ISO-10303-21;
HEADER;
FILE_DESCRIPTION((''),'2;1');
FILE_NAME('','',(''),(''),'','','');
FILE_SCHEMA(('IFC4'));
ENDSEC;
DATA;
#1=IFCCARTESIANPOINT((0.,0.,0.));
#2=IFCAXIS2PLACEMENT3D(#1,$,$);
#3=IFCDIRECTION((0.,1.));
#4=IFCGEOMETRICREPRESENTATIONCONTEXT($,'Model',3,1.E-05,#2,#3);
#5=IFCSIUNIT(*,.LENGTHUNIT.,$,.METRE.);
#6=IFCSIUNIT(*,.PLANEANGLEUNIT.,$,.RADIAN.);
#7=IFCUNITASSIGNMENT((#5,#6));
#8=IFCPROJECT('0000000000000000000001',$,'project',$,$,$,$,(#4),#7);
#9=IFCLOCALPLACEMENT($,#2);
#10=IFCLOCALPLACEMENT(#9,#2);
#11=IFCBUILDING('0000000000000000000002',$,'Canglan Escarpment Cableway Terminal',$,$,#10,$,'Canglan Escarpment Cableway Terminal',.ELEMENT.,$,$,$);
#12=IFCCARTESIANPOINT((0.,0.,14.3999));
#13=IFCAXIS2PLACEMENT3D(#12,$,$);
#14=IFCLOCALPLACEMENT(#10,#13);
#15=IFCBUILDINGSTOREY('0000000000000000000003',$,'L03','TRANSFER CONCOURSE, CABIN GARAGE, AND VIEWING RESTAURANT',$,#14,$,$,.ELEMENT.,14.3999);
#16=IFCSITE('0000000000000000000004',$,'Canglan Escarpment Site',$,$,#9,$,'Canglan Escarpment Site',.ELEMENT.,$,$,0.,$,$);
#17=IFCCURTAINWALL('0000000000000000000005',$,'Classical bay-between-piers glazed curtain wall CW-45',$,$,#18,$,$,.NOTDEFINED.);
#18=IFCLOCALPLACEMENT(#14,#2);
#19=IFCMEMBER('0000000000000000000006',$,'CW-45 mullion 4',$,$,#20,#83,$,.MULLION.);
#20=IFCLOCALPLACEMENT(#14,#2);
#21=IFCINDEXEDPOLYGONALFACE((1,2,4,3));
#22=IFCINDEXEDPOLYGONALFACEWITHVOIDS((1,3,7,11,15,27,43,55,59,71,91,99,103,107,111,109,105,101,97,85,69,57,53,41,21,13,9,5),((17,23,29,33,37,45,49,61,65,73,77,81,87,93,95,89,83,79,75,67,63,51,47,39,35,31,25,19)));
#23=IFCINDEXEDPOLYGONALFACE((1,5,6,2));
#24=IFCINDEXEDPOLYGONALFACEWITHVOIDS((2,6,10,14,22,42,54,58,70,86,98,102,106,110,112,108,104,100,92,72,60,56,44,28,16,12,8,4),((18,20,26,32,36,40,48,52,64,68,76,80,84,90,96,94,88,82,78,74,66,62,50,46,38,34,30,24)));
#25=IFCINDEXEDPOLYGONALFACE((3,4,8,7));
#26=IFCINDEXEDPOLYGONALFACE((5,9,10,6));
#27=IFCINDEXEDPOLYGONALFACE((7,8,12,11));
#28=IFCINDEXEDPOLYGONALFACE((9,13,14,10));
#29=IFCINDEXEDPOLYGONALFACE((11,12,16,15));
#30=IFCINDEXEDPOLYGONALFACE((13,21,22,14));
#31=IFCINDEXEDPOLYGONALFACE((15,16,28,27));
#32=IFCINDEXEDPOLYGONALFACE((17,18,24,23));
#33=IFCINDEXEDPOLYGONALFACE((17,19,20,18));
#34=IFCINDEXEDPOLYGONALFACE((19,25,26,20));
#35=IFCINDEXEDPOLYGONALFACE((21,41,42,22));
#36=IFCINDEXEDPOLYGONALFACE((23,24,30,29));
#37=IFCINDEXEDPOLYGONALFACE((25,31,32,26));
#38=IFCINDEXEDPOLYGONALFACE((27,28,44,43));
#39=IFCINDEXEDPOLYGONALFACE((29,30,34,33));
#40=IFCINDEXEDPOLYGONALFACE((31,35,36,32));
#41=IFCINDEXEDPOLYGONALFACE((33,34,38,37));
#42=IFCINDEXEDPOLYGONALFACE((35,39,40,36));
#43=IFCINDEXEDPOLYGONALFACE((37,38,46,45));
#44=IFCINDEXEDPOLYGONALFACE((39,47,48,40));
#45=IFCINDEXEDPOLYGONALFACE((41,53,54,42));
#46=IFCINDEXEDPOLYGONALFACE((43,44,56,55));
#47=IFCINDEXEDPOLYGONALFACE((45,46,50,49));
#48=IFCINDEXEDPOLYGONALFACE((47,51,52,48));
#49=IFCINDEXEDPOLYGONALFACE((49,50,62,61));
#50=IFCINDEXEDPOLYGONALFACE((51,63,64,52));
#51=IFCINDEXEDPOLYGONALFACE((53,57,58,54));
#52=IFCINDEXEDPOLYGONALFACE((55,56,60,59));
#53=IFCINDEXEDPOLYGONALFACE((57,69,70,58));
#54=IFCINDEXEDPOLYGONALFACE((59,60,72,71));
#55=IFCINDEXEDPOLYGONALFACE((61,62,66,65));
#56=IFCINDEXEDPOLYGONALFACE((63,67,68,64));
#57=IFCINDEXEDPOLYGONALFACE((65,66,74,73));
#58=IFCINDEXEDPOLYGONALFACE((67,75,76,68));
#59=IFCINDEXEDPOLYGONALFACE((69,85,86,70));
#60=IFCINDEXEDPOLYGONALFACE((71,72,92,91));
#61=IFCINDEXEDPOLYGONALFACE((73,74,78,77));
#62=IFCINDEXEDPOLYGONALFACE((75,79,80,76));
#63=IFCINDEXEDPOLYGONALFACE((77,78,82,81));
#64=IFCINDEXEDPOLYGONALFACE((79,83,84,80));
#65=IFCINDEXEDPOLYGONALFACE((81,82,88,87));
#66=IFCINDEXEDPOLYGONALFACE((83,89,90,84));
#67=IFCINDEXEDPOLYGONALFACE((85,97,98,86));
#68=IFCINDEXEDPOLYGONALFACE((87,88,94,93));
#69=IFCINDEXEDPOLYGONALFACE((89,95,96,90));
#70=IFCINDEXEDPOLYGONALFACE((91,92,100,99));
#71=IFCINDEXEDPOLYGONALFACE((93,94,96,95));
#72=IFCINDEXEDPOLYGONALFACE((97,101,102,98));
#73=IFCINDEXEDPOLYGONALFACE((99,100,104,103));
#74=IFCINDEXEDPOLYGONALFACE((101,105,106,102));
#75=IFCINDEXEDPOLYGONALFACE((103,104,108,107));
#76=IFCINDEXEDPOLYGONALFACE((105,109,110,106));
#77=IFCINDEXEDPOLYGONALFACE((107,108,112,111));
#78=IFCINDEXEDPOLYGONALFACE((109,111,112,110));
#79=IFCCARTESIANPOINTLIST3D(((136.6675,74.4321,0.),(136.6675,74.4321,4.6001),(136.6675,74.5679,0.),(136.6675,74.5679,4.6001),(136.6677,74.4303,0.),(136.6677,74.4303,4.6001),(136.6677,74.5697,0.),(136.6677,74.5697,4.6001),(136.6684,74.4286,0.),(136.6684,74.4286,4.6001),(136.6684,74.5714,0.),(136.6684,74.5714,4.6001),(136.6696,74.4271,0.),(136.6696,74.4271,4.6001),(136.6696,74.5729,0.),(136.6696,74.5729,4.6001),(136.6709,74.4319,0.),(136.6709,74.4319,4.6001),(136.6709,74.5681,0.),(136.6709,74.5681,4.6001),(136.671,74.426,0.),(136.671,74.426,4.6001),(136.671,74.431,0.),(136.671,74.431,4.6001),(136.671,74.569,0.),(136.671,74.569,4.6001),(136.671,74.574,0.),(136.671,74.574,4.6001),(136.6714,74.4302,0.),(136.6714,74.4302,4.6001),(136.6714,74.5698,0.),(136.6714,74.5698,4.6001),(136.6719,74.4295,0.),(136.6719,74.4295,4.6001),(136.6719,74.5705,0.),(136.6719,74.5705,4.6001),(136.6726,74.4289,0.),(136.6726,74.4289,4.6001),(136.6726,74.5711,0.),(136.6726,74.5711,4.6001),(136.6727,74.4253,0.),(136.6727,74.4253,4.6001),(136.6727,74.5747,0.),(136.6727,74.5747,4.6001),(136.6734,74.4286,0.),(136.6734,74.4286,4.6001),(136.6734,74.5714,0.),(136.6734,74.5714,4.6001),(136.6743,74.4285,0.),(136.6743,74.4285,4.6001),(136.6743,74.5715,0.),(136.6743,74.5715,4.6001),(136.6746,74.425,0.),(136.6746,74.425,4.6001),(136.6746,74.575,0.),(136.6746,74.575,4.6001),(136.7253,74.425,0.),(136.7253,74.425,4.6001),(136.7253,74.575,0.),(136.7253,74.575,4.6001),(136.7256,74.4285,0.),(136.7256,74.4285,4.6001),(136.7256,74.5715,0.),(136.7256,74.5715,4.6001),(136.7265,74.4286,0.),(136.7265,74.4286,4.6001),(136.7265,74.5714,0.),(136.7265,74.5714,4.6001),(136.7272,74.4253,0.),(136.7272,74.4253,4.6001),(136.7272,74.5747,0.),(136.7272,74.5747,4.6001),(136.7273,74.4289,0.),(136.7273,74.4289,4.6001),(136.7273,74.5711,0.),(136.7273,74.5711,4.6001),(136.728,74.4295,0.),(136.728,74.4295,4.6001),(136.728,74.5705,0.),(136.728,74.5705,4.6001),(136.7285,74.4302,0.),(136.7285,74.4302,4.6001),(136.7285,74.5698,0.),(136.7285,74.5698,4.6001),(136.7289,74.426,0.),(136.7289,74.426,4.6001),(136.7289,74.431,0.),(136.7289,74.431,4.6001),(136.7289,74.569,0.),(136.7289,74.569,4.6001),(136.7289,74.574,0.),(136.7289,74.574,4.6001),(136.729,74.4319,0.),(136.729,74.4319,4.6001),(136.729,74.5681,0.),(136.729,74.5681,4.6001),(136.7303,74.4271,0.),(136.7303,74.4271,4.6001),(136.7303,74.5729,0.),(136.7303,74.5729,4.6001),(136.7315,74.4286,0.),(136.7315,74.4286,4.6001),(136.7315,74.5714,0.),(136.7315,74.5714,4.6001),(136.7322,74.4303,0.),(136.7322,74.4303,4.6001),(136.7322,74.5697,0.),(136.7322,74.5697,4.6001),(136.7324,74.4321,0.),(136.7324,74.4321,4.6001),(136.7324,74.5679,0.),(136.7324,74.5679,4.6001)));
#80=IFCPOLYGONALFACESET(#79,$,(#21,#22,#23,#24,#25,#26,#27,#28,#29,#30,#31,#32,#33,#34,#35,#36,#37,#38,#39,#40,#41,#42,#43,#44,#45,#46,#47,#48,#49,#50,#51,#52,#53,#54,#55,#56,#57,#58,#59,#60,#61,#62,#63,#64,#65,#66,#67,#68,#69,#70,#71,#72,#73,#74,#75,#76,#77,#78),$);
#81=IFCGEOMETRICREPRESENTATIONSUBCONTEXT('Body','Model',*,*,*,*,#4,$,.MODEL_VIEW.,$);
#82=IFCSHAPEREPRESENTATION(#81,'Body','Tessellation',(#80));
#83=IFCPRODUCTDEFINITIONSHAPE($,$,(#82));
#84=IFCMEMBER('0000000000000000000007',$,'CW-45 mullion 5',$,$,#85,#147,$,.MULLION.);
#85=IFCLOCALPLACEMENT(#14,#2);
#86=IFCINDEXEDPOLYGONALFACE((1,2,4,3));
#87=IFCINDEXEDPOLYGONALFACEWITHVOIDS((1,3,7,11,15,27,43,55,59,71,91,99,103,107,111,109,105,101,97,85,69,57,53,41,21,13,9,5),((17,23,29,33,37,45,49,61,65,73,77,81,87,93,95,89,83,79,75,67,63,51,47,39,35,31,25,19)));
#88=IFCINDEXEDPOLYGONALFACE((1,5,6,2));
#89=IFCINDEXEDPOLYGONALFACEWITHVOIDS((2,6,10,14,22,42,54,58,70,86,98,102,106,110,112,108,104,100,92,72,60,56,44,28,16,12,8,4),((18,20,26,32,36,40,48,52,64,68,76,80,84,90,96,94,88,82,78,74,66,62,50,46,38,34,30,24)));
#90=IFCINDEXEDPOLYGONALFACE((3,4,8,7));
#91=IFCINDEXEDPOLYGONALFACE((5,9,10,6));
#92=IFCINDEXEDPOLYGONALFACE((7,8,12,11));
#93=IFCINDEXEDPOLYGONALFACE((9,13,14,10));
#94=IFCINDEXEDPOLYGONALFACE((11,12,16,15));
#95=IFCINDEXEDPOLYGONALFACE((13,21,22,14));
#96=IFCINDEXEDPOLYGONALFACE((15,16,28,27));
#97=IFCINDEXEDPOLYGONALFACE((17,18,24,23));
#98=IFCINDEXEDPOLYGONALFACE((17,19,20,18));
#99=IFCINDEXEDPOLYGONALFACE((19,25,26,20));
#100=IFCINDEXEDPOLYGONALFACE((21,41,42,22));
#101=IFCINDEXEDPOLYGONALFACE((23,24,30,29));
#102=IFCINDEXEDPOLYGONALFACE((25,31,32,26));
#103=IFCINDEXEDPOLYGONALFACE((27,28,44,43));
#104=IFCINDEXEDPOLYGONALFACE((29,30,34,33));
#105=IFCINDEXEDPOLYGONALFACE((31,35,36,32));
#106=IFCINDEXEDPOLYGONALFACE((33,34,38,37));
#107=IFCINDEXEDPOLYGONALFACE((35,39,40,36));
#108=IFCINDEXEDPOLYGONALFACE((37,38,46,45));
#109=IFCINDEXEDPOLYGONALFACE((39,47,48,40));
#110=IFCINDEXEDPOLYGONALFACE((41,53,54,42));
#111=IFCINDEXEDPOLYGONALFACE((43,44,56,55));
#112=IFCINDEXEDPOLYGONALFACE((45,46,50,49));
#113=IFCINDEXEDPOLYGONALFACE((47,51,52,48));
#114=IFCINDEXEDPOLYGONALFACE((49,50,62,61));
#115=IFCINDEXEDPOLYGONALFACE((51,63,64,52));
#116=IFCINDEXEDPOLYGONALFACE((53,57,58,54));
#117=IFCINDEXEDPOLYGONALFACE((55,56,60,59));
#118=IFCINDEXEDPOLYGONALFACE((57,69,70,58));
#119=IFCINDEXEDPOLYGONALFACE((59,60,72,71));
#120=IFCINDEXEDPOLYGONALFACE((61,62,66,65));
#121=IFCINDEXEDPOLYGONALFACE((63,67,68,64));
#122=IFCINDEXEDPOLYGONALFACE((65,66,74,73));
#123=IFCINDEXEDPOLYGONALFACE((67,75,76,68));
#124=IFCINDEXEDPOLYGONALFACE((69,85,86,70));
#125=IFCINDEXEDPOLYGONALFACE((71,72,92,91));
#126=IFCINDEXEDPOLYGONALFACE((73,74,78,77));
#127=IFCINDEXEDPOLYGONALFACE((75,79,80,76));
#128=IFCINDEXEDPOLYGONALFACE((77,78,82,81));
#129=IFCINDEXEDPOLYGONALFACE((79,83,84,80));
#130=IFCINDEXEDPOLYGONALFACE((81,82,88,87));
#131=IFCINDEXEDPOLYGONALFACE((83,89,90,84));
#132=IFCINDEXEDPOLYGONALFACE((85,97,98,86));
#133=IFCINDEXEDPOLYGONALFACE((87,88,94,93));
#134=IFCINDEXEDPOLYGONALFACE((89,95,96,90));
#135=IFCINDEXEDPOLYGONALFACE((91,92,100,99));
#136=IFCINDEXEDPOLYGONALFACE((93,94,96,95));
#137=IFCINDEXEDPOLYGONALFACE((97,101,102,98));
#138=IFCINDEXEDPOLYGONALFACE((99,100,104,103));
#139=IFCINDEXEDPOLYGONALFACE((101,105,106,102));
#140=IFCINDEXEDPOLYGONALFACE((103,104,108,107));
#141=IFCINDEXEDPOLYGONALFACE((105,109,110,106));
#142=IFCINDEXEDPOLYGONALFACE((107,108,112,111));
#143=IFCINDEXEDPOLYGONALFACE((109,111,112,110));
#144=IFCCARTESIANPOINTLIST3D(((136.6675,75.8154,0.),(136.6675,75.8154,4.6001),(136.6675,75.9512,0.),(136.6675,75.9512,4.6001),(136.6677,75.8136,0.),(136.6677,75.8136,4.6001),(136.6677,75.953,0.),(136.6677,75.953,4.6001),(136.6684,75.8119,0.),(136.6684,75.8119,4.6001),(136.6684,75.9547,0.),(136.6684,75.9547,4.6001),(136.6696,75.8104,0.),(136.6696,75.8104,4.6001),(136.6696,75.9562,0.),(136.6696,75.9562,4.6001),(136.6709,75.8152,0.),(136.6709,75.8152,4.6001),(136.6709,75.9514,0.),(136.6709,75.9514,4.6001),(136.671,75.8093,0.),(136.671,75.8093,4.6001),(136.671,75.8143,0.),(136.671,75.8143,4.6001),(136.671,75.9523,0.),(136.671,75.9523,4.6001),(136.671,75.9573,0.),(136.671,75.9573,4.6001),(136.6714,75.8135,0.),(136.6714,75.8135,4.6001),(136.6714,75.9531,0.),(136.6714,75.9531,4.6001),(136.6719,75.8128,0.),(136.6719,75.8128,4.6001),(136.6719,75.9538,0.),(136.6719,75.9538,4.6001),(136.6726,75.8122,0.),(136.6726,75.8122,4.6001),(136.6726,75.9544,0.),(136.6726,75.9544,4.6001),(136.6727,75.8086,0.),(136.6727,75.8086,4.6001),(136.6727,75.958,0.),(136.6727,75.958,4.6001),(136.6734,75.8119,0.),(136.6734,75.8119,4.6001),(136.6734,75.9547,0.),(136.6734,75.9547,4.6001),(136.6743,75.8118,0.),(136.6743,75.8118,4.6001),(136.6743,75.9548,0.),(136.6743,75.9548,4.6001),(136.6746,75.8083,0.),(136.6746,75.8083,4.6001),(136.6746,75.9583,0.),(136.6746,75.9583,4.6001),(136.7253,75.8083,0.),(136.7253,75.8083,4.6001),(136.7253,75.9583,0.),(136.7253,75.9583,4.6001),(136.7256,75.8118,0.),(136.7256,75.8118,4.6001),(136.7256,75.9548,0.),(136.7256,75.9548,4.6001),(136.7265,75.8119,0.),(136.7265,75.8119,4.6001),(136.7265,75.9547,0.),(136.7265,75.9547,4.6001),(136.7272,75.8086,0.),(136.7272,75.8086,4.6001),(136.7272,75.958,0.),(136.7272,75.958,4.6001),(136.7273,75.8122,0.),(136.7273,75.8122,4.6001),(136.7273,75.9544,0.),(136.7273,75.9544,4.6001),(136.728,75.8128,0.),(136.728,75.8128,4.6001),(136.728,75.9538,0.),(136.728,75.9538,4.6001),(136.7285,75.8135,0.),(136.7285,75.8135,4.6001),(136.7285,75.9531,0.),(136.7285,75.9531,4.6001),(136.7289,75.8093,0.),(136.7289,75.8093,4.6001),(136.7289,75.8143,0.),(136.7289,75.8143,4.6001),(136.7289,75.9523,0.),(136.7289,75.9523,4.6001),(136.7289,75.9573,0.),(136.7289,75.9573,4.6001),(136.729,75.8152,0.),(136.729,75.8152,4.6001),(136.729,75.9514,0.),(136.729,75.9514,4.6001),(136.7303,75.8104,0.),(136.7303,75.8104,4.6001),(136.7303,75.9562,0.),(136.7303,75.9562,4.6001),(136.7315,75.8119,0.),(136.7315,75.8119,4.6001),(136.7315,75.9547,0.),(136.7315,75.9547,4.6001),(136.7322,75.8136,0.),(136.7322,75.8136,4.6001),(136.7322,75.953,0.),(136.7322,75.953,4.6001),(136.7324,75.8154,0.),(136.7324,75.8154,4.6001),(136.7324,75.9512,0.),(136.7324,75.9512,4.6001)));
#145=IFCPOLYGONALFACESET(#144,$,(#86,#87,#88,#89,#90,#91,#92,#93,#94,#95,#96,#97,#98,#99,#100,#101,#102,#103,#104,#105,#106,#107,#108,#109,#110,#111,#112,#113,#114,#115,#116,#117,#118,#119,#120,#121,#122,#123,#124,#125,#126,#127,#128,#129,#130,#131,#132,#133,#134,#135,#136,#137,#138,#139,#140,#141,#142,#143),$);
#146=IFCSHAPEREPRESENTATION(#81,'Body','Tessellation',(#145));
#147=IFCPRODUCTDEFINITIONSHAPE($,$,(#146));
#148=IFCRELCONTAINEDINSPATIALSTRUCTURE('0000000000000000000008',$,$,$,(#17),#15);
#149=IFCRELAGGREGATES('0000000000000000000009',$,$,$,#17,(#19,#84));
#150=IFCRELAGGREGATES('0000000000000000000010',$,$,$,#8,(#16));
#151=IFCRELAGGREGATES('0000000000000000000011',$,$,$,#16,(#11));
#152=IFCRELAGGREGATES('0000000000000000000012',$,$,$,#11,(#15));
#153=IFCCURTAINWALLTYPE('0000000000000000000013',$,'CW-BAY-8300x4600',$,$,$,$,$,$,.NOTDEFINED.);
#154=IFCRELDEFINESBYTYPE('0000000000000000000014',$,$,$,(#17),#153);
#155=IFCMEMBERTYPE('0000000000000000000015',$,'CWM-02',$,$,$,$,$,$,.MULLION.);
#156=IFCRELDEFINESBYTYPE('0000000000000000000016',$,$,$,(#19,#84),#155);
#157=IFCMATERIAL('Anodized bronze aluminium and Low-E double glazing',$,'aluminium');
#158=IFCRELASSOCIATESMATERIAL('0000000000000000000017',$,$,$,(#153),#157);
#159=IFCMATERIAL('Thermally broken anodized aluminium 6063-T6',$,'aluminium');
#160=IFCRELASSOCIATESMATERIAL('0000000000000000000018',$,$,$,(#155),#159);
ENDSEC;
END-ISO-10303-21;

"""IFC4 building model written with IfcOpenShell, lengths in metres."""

from ifc_helpers import new_model, si_unit, direction, frame, origin, origin_2d, place, context, subcontext, project, spatial, hollow_rectangle, extrude, material, material_profile, profile_set, type_object, element, aggregate, save


model = new_model("IFC4")

# Units and contexts
model_context = context("Model", 3, precision=1e-05, world=origin(), true_north=direction((0.0, 1.0)))
body_context = subcontext(model_context, "Body", "Model", "MODEL_VIEW")
ifc_project = project(units=[si_unit("LENGTHUNIT", "METRE"), si_unit("PLANEANGLEUNIT", "RADIAN")], contexts=[model_context])

# Site, building, storey
site_placement = place(None, origin())
site = spatial("IfcSite", under=ifc_project, at=site_placement, Name="Canglan Escarpment Site", LongName="Canglan Escarpment Site", CompositionType="ELEMENT", RefElevation=0.0)
building_placement = place(site_placement, origin())
building = spatial("IfcBuilding", under=site, at=building_placement, Name="Canglan Escarpment Cableway Terminal", LongName="Canglan Escarpment Cableway Terminal", CompositionType="ELEMENT")
storey_placement = place(building_placement, frame((0.0, 0.0, 14.3999)))
storey = spatial("IfcBuildingStorey", under=building, at=storey_placement, Name="L03", Description="TRANSFER CONCOURSE, CABIN GARAGE, AND VIEWING RESTAURANT", CompositionType="ELEMENT", Elevation=14.3999)

# Curtain wall, members
ifc_material_1 = material(Name="Anodized bronze aluminium and Low-E double glazing", Category="aluminium")
curtain_wall_type = type_object("IfcCurtainWallType", Name="CW-BAY-8300x4600", PredefinedType="NOTDEFINED", material=ifc_material_1)
curtain_wall_placement = place(storey_placement, origin())
curtain_wall = element("IfcCurtainWall", 1, at=curtain_wall_placement, inside=storey, type_object=curtain_wall_type, Name="Classical bay-between-piers glazed curtain wall CW-45", PredefinedType="NOTDEFINED")
ifc_material_2 = material(Name="Thermally broken anodized aluminium 6063-T6", Category="aluminium")
ifc_material_profile_1 = material_profile(ifc_material_2, hollow_rectangle(XDim=0.0649, YDim=0.1499, WallThickness=0.0034, InnerFilletRadius=0.0034, OuterFilletRadius=0.0071, at=origin_2d()), Name="ALU-MULL 65x150x3.5")
ifc_profile_set_1 = profile_set([ifc_material_profile_1], Name="Thermally broken anodized aluminium 6063-T6")
member_type_1 = type_object("IfcMemberType", Name="CWM-02", PredefinedType="MULLION", material=ifc_profile_set_1)
member_1_placement = place(storey_placement, frame((136.7, 74.5, 0.0), z_axis=(0.0, 0.0, 1.0), x_axis=(-1.0, 0.0, 0.0)))
member_1 = element("IfcMember", 2, at=member_1_placement, type_object=member_type_1, Name="CW-45 mullion 4", PredefinedType="MULLION", context=body_context, shape_type="SweptSolid", body=[
    extrude(hollow_rectangle(XDim=0.0649, YDim=0.1499, WallThickness=0.0034, InnerFilletRadius=0.0034, OuterFilletRadius=0.0071, at=origin_2d()), origin(), (0.0, 0.0, 1.0), 4.6001),
])
member_2_placement = place(storey_placement, frame((136.7, 75.8833, 0.0), z_axis=(0.0, 0.0, 1.0), x_axis=(-1.0, 0.0, 0.0)))
member_2 = element("IfcMember", 3, at=member_2_placement, type_object=member_type_1, Name="CW-45 mullion 5", PredefinedType="MULLION", context=body_context, shape_type="SweptSolid", body=[
    extrude(hollow_rectangle(XDim=0.0649, YDim=0.1499, WallThickness=0.0034, InnerFilletRadius=0.0034, OuterFilletRadius=0.0071, at=origin_2d()), origin(), (0.0, 0.0, 1.0), 4.6001),
])
aggregate(curtain_wall, [member_1, member_2])

save(model, "model.ifc")
